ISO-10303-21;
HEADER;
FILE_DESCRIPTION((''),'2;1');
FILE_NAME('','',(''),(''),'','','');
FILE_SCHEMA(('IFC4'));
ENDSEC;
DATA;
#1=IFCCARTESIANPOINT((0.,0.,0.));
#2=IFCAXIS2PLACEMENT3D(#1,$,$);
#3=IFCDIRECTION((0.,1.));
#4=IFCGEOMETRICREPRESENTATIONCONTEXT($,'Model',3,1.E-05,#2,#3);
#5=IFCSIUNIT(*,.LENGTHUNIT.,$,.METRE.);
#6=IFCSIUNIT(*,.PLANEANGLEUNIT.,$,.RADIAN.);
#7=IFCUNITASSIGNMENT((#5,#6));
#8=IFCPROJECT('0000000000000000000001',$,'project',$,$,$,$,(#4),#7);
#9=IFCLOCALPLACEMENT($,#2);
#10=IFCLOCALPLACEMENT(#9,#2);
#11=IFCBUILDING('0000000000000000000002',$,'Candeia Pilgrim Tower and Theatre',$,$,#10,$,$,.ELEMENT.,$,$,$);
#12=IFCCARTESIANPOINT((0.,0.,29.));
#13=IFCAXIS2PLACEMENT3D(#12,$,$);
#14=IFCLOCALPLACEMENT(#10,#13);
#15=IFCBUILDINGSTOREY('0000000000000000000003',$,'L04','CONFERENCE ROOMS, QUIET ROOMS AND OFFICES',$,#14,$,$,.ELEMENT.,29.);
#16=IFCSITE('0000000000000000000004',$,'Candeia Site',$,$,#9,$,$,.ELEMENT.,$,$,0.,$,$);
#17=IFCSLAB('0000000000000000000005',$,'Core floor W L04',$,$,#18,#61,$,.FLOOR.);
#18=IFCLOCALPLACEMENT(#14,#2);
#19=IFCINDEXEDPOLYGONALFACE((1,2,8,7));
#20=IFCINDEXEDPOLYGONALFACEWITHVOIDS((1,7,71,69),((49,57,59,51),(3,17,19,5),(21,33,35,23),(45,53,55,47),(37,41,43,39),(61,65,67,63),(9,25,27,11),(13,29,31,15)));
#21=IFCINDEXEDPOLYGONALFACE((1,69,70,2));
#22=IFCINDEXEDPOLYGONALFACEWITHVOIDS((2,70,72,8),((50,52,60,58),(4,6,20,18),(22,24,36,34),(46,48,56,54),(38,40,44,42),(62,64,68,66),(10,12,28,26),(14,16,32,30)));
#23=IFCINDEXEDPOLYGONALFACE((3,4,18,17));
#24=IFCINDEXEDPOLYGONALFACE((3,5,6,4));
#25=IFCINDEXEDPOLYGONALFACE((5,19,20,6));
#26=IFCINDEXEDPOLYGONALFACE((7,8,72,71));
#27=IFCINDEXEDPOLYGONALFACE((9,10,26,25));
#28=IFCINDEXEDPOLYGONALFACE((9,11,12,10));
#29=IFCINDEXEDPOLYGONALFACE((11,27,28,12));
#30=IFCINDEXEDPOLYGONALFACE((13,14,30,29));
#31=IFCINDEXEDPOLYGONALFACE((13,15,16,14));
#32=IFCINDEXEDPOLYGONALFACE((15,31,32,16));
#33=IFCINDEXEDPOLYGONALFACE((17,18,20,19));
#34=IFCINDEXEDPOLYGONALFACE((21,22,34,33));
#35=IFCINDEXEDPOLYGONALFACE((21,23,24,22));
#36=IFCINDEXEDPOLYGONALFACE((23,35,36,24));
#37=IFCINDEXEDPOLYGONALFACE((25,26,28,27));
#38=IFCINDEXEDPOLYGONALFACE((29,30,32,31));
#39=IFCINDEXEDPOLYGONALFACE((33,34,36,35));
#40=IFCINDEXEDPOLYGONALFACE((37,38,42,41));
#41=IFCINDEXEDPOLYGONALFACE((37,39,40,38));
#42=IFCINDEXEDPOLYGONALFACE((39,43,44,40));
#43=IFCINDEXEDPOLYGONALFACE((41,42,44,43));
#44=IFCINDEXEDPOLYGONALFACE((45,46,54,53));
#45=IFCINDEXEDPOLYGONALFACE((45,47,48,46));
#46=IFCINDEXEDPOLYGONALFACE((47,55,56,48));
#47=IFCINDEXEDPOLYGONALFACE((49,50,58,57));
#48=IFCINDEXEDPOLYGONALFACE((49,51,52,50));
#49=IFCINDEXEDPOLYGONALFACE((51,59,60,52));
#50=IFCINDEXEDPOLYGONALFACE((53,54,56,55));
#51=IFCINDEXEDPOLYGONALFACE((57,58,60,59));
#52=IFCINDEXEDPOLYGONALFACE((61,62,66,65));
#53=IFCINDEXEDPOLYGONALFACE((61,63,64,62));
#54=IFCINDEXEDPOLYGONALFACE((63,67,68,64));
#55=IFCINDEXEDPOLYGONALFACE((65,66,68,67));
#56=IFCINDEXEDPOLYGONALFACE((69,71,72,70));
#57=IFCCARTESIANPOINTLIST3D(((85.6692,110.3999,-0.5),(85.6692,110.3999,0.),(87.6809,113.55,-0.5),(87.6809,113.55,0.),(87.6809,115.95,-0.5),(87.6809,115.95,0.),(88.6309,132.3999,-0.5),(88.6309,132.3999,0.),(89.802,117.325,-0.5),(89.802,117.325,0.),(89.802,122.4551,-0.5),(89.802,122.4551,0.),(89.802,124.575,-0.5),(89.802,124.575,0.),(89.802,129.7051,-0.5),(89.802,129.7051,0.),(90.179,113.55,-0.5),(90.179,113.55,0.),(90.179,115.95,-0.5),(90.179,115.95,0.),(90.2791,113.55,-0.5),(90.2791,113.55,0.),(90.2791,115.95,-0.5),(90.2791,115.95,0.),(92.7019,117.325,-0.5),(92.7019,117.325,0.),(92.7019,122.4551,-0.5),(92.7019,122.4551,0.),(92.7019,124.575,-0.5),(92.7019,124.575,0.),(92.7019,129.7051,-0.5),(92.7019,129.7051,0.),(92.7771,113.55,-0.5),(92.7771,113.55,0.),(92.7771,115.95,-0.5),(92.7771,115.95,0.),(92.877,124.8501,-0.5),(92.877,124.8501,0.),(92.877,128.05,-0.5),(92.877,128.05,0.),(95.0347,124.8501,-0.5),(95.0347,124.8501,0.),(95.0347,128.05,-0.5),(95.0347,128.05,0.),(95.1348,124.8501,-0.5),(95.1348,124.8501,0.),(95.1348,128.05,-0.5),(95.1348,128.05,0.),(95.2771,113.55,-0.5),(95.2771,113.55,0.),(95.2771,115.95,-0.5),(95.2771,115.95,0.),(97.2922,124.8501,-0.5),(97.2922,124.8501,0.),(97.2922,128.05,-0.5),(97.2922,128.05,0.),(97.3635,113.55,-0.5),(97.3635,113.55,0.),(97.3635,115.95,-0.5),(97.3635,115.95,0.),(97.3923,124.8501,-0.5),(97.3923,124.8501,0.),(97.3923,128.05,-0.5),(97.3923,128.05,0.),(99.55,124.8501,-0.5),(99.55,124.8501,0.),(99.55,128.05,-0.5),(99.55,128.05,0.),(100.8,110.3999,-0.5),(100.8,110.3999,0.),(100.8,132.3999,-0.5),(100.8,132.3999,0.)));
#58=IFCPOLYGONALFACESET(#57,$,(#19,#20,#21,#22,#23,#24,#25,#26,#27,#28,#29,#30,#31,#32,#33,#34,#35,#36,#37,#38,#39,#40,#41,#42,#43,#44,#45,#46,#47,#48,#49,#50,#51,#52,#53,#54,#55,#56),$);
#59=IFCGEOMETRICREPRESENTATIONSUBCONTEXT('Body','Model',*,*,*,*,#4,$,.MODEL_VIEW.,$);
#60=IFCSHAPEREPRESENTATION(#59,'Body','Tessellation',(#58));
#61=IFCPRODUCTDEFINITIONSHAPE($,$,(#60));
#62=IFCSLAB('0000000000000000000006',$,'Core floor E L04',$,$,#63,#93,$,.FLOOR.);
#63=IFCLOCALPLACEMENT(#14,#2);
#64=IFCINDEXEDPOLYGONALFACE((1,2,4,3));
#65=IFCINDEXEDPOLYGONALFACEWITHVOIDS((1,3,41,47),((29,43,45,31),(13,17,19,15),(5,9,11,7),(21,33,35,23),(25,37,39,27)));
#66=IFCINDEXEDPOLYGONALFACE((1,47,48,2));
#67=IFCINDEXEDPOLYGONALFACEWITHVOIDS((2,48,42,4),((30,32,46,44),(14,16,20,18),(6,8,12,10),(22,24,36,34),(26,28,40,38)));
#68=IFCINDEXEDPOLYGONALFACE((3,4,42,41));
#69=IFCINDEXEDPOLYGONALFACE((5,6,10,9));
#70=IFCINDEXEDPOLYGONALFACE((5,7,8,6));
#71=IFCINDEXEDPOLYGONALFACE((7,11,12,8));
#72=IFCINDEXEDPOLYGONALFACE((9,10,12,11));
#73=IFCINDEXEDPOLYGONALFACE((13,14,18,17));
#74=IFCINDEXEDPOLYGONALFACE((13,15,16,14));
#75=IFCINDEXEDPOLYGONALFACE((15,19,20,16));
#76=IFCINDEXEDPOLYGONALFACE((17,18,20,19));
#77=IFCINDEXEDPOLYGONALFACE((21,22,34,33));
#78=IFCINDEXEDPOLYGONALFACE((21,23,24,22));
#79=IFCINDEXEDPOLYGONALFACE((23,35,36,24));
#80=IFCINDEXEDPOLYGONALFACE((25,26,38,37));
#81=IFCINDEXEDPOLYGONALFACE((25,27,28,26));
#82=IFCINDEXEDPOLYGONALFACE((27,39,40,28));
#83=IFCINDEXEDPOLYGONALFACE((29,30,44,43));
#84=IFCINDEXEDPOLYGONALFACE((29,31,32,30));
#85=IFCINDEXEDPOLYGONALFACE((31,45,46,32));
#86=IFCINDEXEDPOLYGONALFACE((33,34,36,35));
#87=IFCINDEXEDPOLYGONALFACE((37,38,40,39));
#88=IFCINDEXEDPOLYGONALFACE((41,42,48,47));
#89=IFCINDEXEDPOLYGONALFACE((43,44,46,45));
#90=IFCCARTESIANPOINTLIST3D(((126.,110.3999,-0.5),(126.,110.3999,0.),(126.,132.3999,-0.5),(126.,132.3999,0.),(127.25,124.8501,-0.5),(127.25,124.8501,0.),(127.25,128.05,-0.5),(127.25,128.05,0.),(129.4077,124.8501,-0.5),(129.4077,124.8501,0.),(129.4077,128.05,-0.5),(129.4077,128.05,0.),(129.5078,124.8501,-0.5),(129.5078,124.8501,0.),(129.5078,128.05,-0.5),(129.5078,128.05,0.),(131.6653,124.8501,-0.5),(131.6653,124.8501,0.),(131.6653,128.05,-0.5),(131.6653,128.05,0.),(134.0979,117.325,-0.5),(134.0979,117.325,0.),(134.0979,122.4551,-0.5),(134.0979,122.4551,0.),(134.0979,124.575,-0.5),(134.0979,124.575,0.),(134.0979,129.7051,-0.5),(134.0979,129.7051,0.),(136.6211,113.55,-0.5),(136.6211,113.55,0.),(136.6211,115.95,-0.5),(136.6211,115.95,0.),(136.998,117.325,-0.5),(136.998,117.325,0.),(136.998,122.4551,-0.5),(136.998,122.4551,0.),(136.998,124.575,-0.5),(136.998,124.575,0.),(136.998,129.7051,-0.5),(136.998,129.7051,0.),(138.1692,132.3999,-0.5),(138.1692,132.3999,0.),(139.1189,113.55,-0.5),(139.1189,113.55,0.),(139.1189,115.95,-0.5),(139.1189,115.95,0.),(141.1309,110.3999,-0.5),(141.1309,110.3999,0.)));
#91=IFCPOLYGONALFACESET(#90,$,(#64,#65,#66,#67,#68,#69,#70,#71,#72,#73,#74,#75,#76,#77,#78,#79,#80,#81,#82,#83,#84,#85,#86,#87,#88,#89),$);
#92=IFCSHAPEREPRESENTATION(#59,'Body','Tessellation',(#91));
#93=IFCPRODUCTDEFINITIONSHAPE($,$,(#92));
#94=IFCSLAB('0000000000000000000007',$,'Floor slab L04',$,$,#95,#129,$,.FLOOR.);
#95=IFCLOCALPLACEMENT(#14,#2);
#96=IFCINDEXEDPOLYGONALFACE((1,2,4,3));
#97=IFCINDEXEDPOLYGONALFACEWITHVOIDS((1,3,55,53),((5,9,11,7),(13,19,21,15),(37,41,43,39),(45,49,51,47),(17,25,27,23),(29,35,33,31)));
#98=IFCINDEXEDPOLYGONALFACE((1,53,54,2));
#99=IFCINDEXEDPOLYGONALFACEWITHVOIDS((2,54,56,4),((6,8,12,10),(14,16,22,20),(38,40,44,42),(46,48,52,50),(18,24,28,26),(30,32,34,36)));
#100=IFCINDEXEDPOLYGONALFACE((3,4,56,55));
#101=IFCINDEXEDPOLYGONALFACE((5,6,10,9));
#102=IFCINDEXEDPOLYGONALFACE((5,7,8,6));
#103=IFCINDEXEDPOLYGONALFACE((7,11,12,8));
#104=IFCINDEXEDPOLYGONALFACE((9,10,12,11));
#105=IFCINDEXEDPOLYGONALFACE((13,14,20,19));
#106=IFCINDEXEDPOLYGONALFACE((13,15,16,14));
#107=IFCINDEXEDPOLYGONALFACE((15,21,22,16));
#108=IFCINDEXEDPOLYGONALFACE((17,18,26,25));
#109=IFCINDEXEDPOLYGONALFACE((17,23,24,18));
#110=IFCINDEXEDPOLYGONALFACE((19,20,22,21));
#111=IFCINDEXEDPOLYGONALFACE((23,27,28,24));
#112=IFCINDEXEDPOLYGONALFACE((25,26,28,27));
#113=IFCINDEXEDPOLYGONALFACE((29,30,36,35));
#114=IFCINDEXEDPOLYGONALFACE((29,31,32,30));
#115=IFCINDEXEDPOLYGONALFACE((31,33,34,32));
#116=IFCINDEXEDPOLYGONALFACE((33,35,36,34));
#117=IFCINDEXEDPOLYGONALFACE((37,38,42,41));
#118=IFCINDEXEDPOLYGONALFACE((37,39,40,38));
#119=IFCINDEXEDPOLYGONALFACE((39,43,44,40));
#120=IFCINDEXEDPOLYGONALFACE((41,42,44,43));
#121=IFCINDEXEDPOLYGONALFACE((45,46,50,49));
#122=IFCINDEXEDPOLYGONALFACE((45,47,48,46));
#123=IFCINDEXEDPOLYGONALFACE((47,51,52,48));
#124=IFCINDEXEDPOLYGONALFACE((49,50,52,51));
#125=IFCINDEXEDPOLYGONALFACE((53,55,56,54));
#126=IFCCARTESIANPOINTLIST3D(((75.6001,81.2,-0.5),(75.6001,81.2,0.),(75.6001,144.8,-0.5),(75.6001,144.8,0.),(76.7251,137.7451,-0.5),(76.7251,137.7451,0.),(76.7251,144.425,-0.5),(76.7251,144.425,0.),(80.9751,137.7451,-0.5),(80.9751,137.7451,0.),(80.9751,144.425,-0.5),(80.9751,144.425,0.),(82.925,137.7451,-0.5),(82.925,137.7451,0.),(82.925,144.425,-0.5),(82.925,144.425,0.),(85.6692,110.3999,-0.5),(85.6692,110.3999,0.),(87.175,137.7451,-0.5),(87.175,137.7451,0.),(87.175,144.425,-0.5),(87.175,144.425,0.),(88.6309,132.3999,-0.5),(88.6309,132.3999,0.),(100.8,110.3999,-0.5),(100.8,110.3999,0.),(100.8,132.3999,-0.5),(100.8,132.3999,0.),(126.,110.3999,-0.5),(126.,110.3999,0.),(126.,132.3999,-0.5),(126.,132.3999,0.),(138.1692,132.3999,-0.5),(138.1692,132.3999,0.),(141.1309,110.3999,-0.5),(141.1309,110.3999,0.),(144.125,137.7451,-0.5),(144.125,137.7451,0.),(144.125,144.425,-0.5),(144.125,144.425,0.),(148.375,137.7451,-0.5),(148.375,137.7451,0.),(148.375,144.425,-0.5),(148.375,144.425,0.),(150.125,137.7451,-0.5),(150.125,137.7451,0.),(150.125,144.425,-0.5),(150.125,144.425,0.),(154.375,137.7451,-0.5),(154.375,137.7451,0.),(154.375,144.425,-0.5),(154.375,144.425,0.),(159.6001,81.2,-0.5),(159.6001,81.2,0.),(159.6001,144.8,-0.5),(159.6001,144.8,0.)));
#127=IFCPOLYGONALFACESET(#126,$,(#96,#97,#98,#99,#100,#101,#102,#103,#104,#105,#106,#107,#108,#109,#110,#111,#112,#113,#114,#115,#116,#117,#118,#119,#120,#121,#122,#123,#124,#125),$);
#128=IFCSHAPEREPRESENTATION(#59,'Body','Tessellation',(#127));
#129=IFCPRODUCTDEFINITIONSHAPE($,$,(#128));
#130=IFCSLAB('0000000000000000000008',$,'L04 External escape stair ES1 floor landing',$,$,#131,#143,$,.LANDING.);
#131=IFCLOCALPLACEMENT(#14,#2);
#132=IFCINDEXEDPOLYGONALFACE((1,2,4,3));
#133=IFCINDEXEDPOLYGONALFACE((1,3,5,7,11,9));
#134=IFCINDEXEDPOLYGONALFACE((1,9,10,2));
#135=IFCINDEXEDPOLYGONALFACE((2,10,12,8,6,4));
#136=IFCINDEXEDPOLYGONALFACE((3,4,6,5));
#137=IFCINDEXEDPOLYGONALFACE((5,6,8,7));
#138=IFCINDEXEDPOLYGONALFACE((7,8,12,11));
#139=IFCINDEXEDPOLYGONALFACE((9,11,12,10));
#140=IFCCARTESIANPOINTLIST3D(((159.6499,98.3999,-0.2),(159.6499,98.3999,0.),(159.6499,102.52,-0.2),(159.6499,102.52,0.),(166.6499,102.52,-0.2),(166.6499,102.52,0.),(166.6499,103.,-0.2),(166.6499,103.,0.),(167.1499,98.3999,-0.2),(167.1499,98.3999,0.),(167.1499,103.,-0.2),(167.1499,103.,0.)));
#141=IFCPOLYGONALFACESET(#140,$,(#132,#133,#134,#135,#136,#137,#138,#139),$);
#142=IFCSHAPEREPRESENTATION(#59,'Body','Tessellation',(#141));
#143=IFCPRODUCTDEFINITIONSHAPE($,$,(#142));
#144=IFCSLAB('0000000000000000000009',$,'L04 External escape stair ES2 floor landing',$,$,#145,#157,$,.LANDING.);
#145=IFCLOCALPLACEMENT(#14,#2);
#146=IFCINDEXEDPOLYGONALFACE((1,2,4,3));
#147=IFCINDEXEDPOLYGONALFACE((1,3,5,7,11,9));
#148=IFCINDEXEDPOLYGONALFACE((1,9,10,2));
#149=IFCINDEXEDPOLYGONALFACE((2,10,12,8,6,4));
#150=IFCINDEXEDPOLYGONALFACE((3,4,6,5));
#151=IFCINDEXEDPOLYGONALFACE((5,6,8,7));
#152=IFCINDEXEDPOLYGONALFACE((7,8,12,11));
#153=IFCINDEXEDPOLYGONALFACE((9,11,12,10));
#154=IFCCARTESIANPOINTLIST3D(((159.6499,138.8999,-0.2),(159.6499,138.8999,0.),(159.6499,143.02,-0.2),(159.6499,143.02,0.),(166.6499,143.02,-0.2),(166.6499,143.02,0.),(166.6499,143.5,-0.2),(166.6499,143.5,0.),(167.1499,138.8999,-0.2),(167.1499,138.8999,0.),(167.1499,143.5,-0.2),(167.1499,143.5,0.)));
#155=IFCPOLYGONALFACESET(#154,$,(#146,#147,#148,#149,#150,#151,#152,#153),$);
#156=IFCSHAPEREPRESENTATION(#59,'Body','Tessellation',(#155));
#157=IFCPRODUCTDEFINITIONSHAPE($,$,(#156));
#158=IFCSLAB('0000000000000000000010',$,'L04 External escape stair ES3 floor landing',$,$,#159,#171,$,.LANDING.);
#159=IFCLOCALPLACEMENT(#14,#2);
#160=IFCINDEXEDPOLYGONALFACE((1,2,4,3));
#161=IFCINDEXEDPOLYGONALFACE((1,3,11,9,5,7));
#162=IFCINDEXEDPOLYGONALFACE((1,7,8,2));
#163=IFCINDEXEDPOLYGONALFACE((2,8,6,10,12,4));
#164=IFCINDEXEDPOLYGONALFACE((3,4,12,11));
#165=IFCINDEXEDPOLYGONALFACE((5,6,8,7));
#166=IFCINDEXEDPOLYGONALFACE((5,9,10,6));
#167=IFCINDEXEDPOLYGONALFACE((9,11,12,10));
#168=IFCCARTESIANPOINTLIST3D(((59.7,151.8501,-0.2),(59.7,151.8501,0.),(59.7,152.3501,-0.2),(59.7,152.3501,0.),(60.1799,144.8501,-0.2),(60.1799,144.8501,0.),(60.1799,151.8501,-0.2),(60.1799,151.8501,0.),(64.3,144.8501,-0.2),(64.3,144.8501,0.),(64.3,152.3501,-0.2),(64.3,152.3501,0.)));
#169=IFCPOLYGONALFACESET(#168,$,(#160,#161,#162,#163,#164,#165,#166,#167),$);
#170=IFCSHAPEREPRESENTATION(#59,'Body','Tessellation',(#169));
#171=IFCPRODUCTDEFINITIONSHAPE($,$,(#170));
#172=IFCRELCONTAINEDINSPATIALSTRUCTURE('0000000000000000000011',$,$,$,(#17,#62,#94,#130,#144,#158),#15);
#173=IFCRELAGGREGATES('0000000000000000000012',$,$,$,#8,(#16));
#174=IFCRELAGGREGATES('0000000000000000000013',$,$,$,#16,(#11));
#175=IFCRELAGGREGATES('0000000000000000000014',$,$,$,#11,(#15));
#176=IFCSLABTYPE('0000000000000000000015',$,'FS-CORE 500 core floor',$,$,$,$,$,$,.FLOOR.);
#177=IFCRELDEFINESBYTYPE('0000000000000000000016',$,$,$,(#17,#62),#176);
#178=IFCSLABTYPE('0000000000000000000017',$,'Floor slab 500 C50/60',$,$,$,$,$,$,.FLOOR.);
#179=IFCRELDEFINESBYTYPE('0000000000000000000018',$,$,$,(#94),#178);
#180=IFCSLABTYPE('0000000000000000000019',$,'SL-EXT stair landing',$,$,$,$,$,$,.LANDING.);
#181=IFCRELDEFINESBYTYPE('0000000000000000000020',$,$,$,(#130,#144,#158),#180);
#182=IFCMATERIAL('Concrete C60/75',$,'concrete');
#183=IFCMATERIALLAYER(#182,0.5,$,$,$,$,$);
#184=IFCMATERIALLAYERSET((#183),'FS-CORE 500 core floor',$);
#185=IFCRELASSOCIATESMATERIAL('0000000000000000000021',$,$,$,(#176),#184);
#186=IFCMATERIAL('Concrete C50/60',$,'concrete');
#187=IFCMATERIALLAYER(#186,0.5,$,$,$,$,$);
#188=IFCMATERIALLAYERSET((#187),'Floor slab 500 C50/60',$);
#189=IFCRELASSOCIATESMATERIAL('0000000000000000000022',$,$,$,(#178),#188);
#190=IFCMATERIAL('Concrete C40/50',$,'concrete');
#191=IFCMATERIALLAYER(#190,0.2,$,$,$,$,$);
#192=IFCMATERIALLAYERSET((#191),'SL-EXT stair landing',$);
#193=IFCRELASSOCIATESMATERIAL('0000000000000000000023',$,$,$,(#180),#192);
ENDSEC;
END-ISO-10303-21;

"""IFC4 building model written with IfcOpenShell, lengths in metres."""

from ifc_helpers import new_model, si_unit, direction, frame, origin, place, context, subcontext, project, spatial, polyline, outline, extrude, material, layer, layer_set, type_object, element, save


model = new_model("IFC4")

# Units and contexts
model_context = context("Model", 3, precision=1e-05, world=origin(), true_north=direction((0.0, 1.0)))
body_context = subcontext(model_context, "Body", "Model", "MODEL_VIEW")
ifc_project = project(units=[si_unit("LENGTHUNIT", "METRE"), si_unit("PLANEANGLEUNIT", "RADIAN")], contexts=[model_context])

# Site, building, storey
site_placement = place(None, origin())
site = spatial("IfcSite", under=ifc_project, at=site_placement, Name="Candeia Site", CompositionType="ELEMENT", RefElevation=0.0)
building_placement = place(site_placement, origin())
building = spatial("IfcBuilding", under=site, at=building_placement, Name="Candeia Pilgrim Tower and Theatre", CompositionType="ELEMENT")
storey_placement = place(building_placement, frame((0.0, 0.0, 29.0)))
storey = spatial("IfcBuildingStorey", under=building, at=storey_placement, Name="L04", Description="CONFERENCE ROOMS, QUIET ROOMS AND OFFICES", CompositionType="ELEMENT", Elevation=29.0)

# Slabs
ifc_material_1 = material(Name="Concrete C60/75", Category="concrete")
ifc_layer_1 = layer(ifc_material_1, 0.5)
ifc_layer_set_1 = layer_set([ifc_layer_1], Name="FS-CORE 500 core floor")
slab_type_1 = type_object("IfcSlabType", Name="FS-CORE 500 core floor", PredefinedType="FLOOR", material=ifc_layer_set_1)
slab_1_placement = place(storey_placement, frame((0.0, 0.0, -0.5)))
element("IfcSlab", 1, at=slab_1_placement, inside=storey, type_object=slab_type_1, Name="Core floor W L04", PredefinedType="FLOOR", context=body_context, shape_type="SweptSolid", body=[
    extrude(outline(polyline([(100.8, 132.3999), (100.8, 110.3999), (85.6692, 110.3999), (88.6309, 132.3999), (100.8, 132.3999)]), holes=[polyline([(97.3923, 128.05), (97.3923, 124.8501), (99.55, 124.8501), (99.55, 128.05), (97.3923, 128.05)]), polyline([(95.2771, 115.95), (95.2771, 113.55), (97.3635, 113.55), (97.3635, 115.95), (95.2771, 115.95)]), polyline([(95.1348, 128.05), (95.1348, 124.8501), (97.2922, 124.8501), (97.2922, 128.05), (95.1348, 128.05)]), polyline([(92.877, 128.05), (92.877, 124.8501), (95.0347, 124.8501), (95.0347, 128.05), (92.877, 128.05)]), polyline([(90.2791, 115.95), (90.2791, 113.55), (92.7771, 113.55), (92.7771, 115.95), (90.2791, 115.95)]), polyline([(89.802, 122.4551), (89.802, 117.325), (92.7019, 117.325), (92.7019, 122.4551), (89.802, 122.4551)]), polyline([(89.802, 129.7051), (89.802, 124.575), (92.7019, 124.575), (92.7019, 129.7051), (89.802, 129.7051)]), polyline([(87.6809, 115.95), (87.6809, 113.55), (90.179, 113.55), (90.179, 115.95), (87.6809, 115.95)])]), origin(), (0.0, 0.0, 1.0), 0.5),
])
slab_2_placement = place(storey_placement, frame((0.0, 0.0, -0.5)))
element("IfcSlab", 2, at=slab_2_placement, inside=storey, type_object=slab_type_1, Name="Core floor E L04", PredefinedType="FLOOR", context=body_context, shape_type="SweptSolid", body=[
    extrude(outline(polyline([(138.1692, 132.3999), (141.1309, 110.3999), (126.0, 110.3999), (126.0, 132.3999), (138.1692, 132.3999)]), holes=[polyline([(136.6211, 115.95), (136.6211, 113.55), (139.1189, 113.55), (139.1189, 115.95), (136.6211, 115.95)]), polyline([(134.0979, 117.325), (136.998, 117.325), (136.998, 122.4551), (134.0979, 122.4551), (134.0979, 117.325)]), polyline([(134.0979, 129.7051), (134.0979, 124.575), (136.998, 124.575), (136.998, 129.7051), (134.0979, 129.7051)]), polyline([(131.6653, 128.05), (129.5078, 128.05), (129.5078, 124.8501), (131.6653, 124.8501), (131.6653, 128.05)]), polyline([(127.25, 128.05), (127.25, 124.8501), (129.4077, 124.8501), (129.4077, 128.05), (127.25, 128.05)])]), origin(), (0.0, 0.0, 1.0), 0.5),
])
ifc_material_2 = material(Name="Concrete C50/60", Category="concrete")
ifc_layer_2 = layer(ifc_material_2, 0.5)
ifc_layer_set_2 = layer_set([ifc_layer_2], Name="Floor slab 500 C50/60")
slab_type_2 = type_object("IfcSlabType", Name="Floor slab 500 C50/60", PredefinedType="FLOOR", material=ifc_layer_set_2)
slab_3_placement = place(storey_placement, frame((0.0, 0.0, -0.5)))
element("IfcSlab", 3, at=slab_3_placement, inside=storey, type_object=slab_type_2, Name="Floor slab L04", PredefinedType="FLOOR", context=body_context, shape_type="SweptSolid", body=[
    extrude(outline(polyline([(75.6001, 144.8), (159.6001, 144.8), (159.6001, 81.2), (75.6001, 81.2), (75.6001, 144.8)]), holes=[polyline([(85.6692, 110.3999), (100.8, 110.3999), (100.8, 132.3999), (88.6309, 132.3999), (85.6692, 110.3999)]), polyline([(126.0, 110.3999), (141.1309, 110.3999), (138.1692, 132.3999), (126.0, 132.3999), (126.0, 110.3999)]), polyline([(80.9751, 144.425), (76.7251, 144.425), (76.7251, 137.7451), (80.9751, 137.7451), (80.9751, 144.425)]), polyline([(87.175, 144.425), (82.925, 144.425), (82.925, 137.7451), (87.175, 137.7451), (87.175, 144.425)]), polyline([(148.375, 144.425), (144.125, 144.425), (144.125, 137.7451), (148.375, 137.7451), (148.375, 144.425)]), polyline([(154.375, 144.425), (150.125, 144.425), (150.125, 137.7451), (154.375, 137.7451), (154.375, 144.425)])]), origin(), (0.0, 0.0, 1.0), 0.5),
])
ifc_material_3 = material(Name="Concrete C40/50", Category="concrete")
ifc_layer_3 = layer(ifc_material_3, 0.2)
ifc_layer_set_3 = layer_set([ifc_layer_3], Name="SL-EXT stair landing")
slab_type_3 = type_object("IfcSlabType", Name="SL-EXT stair landing", PredefinedType="LANDING", material=ifc_layer_set_3)
slab_4_placement = place(storey_placement, frame((0.0, 0.0, -0.2)))
element("IfcSlab", 4, at=slab_4_placement, inside=storey, type_object=slab_type_3, Name="L04 External escape stair ES1 floor landing", PredefinedType="LANDING", context=body_context, shape_type="SweptSolid", body=[
    extrude(outline(polyline([(159.6499, 98.3999), (159.6499, 102.52), (166.6499, 102.52), (166.6499, 103.0), (167.1499, 103.0), (167.1499, 98.3999), (159.6499, 98.3999)])), origin(), (0.0, 0.0, 1.0), 0.2),
])
slab_5_placement = place(storey_placement, frame((0.0, 0.0, -0.2)))
element("IfcSlab", 5, at=slab_5_placement, inside=storey, type_object=slab_type_3, Name="L04 External escape stair ES2 floor landing", PredefinedType="LANDING", context=body_context, shape_type="SweptSolid", body=[
    extrude(outline(polyline([(159.6499, 138.8999), (159.6499, 143.02), (166.6499, 143.02), (166.6499, 143.5), (167.1499, 143.5), (167.1499, 138.8999), (159.6499, 138.8999)])), origin(), (0.0, 0.0, 1.0), 0.2),
])
slab_6_placement = place(storey_placement, frame((0.0, 0.0, -0.2)))
element("IfcSlab", 6, at=slab_6_placement, inside=storey, type_object=slab_type_3, Name="L04 External escape stair ES3 floor landing", PredefinedType="LANDING", context=body_context, shape_type="SweptSolid", body=[
    extrude(outline(polyline([(64.3, 144.8501), (60.1799, 144.8501), (60.1799, 151.8501), (59.7, 151.8501), (59.7, 152.3501), (64.3, 152.3501), (64.3, 144.8501)])), origin(), (0.0, 0.0, 1.0), 0.2),
])

save(model, "model.ifc")
